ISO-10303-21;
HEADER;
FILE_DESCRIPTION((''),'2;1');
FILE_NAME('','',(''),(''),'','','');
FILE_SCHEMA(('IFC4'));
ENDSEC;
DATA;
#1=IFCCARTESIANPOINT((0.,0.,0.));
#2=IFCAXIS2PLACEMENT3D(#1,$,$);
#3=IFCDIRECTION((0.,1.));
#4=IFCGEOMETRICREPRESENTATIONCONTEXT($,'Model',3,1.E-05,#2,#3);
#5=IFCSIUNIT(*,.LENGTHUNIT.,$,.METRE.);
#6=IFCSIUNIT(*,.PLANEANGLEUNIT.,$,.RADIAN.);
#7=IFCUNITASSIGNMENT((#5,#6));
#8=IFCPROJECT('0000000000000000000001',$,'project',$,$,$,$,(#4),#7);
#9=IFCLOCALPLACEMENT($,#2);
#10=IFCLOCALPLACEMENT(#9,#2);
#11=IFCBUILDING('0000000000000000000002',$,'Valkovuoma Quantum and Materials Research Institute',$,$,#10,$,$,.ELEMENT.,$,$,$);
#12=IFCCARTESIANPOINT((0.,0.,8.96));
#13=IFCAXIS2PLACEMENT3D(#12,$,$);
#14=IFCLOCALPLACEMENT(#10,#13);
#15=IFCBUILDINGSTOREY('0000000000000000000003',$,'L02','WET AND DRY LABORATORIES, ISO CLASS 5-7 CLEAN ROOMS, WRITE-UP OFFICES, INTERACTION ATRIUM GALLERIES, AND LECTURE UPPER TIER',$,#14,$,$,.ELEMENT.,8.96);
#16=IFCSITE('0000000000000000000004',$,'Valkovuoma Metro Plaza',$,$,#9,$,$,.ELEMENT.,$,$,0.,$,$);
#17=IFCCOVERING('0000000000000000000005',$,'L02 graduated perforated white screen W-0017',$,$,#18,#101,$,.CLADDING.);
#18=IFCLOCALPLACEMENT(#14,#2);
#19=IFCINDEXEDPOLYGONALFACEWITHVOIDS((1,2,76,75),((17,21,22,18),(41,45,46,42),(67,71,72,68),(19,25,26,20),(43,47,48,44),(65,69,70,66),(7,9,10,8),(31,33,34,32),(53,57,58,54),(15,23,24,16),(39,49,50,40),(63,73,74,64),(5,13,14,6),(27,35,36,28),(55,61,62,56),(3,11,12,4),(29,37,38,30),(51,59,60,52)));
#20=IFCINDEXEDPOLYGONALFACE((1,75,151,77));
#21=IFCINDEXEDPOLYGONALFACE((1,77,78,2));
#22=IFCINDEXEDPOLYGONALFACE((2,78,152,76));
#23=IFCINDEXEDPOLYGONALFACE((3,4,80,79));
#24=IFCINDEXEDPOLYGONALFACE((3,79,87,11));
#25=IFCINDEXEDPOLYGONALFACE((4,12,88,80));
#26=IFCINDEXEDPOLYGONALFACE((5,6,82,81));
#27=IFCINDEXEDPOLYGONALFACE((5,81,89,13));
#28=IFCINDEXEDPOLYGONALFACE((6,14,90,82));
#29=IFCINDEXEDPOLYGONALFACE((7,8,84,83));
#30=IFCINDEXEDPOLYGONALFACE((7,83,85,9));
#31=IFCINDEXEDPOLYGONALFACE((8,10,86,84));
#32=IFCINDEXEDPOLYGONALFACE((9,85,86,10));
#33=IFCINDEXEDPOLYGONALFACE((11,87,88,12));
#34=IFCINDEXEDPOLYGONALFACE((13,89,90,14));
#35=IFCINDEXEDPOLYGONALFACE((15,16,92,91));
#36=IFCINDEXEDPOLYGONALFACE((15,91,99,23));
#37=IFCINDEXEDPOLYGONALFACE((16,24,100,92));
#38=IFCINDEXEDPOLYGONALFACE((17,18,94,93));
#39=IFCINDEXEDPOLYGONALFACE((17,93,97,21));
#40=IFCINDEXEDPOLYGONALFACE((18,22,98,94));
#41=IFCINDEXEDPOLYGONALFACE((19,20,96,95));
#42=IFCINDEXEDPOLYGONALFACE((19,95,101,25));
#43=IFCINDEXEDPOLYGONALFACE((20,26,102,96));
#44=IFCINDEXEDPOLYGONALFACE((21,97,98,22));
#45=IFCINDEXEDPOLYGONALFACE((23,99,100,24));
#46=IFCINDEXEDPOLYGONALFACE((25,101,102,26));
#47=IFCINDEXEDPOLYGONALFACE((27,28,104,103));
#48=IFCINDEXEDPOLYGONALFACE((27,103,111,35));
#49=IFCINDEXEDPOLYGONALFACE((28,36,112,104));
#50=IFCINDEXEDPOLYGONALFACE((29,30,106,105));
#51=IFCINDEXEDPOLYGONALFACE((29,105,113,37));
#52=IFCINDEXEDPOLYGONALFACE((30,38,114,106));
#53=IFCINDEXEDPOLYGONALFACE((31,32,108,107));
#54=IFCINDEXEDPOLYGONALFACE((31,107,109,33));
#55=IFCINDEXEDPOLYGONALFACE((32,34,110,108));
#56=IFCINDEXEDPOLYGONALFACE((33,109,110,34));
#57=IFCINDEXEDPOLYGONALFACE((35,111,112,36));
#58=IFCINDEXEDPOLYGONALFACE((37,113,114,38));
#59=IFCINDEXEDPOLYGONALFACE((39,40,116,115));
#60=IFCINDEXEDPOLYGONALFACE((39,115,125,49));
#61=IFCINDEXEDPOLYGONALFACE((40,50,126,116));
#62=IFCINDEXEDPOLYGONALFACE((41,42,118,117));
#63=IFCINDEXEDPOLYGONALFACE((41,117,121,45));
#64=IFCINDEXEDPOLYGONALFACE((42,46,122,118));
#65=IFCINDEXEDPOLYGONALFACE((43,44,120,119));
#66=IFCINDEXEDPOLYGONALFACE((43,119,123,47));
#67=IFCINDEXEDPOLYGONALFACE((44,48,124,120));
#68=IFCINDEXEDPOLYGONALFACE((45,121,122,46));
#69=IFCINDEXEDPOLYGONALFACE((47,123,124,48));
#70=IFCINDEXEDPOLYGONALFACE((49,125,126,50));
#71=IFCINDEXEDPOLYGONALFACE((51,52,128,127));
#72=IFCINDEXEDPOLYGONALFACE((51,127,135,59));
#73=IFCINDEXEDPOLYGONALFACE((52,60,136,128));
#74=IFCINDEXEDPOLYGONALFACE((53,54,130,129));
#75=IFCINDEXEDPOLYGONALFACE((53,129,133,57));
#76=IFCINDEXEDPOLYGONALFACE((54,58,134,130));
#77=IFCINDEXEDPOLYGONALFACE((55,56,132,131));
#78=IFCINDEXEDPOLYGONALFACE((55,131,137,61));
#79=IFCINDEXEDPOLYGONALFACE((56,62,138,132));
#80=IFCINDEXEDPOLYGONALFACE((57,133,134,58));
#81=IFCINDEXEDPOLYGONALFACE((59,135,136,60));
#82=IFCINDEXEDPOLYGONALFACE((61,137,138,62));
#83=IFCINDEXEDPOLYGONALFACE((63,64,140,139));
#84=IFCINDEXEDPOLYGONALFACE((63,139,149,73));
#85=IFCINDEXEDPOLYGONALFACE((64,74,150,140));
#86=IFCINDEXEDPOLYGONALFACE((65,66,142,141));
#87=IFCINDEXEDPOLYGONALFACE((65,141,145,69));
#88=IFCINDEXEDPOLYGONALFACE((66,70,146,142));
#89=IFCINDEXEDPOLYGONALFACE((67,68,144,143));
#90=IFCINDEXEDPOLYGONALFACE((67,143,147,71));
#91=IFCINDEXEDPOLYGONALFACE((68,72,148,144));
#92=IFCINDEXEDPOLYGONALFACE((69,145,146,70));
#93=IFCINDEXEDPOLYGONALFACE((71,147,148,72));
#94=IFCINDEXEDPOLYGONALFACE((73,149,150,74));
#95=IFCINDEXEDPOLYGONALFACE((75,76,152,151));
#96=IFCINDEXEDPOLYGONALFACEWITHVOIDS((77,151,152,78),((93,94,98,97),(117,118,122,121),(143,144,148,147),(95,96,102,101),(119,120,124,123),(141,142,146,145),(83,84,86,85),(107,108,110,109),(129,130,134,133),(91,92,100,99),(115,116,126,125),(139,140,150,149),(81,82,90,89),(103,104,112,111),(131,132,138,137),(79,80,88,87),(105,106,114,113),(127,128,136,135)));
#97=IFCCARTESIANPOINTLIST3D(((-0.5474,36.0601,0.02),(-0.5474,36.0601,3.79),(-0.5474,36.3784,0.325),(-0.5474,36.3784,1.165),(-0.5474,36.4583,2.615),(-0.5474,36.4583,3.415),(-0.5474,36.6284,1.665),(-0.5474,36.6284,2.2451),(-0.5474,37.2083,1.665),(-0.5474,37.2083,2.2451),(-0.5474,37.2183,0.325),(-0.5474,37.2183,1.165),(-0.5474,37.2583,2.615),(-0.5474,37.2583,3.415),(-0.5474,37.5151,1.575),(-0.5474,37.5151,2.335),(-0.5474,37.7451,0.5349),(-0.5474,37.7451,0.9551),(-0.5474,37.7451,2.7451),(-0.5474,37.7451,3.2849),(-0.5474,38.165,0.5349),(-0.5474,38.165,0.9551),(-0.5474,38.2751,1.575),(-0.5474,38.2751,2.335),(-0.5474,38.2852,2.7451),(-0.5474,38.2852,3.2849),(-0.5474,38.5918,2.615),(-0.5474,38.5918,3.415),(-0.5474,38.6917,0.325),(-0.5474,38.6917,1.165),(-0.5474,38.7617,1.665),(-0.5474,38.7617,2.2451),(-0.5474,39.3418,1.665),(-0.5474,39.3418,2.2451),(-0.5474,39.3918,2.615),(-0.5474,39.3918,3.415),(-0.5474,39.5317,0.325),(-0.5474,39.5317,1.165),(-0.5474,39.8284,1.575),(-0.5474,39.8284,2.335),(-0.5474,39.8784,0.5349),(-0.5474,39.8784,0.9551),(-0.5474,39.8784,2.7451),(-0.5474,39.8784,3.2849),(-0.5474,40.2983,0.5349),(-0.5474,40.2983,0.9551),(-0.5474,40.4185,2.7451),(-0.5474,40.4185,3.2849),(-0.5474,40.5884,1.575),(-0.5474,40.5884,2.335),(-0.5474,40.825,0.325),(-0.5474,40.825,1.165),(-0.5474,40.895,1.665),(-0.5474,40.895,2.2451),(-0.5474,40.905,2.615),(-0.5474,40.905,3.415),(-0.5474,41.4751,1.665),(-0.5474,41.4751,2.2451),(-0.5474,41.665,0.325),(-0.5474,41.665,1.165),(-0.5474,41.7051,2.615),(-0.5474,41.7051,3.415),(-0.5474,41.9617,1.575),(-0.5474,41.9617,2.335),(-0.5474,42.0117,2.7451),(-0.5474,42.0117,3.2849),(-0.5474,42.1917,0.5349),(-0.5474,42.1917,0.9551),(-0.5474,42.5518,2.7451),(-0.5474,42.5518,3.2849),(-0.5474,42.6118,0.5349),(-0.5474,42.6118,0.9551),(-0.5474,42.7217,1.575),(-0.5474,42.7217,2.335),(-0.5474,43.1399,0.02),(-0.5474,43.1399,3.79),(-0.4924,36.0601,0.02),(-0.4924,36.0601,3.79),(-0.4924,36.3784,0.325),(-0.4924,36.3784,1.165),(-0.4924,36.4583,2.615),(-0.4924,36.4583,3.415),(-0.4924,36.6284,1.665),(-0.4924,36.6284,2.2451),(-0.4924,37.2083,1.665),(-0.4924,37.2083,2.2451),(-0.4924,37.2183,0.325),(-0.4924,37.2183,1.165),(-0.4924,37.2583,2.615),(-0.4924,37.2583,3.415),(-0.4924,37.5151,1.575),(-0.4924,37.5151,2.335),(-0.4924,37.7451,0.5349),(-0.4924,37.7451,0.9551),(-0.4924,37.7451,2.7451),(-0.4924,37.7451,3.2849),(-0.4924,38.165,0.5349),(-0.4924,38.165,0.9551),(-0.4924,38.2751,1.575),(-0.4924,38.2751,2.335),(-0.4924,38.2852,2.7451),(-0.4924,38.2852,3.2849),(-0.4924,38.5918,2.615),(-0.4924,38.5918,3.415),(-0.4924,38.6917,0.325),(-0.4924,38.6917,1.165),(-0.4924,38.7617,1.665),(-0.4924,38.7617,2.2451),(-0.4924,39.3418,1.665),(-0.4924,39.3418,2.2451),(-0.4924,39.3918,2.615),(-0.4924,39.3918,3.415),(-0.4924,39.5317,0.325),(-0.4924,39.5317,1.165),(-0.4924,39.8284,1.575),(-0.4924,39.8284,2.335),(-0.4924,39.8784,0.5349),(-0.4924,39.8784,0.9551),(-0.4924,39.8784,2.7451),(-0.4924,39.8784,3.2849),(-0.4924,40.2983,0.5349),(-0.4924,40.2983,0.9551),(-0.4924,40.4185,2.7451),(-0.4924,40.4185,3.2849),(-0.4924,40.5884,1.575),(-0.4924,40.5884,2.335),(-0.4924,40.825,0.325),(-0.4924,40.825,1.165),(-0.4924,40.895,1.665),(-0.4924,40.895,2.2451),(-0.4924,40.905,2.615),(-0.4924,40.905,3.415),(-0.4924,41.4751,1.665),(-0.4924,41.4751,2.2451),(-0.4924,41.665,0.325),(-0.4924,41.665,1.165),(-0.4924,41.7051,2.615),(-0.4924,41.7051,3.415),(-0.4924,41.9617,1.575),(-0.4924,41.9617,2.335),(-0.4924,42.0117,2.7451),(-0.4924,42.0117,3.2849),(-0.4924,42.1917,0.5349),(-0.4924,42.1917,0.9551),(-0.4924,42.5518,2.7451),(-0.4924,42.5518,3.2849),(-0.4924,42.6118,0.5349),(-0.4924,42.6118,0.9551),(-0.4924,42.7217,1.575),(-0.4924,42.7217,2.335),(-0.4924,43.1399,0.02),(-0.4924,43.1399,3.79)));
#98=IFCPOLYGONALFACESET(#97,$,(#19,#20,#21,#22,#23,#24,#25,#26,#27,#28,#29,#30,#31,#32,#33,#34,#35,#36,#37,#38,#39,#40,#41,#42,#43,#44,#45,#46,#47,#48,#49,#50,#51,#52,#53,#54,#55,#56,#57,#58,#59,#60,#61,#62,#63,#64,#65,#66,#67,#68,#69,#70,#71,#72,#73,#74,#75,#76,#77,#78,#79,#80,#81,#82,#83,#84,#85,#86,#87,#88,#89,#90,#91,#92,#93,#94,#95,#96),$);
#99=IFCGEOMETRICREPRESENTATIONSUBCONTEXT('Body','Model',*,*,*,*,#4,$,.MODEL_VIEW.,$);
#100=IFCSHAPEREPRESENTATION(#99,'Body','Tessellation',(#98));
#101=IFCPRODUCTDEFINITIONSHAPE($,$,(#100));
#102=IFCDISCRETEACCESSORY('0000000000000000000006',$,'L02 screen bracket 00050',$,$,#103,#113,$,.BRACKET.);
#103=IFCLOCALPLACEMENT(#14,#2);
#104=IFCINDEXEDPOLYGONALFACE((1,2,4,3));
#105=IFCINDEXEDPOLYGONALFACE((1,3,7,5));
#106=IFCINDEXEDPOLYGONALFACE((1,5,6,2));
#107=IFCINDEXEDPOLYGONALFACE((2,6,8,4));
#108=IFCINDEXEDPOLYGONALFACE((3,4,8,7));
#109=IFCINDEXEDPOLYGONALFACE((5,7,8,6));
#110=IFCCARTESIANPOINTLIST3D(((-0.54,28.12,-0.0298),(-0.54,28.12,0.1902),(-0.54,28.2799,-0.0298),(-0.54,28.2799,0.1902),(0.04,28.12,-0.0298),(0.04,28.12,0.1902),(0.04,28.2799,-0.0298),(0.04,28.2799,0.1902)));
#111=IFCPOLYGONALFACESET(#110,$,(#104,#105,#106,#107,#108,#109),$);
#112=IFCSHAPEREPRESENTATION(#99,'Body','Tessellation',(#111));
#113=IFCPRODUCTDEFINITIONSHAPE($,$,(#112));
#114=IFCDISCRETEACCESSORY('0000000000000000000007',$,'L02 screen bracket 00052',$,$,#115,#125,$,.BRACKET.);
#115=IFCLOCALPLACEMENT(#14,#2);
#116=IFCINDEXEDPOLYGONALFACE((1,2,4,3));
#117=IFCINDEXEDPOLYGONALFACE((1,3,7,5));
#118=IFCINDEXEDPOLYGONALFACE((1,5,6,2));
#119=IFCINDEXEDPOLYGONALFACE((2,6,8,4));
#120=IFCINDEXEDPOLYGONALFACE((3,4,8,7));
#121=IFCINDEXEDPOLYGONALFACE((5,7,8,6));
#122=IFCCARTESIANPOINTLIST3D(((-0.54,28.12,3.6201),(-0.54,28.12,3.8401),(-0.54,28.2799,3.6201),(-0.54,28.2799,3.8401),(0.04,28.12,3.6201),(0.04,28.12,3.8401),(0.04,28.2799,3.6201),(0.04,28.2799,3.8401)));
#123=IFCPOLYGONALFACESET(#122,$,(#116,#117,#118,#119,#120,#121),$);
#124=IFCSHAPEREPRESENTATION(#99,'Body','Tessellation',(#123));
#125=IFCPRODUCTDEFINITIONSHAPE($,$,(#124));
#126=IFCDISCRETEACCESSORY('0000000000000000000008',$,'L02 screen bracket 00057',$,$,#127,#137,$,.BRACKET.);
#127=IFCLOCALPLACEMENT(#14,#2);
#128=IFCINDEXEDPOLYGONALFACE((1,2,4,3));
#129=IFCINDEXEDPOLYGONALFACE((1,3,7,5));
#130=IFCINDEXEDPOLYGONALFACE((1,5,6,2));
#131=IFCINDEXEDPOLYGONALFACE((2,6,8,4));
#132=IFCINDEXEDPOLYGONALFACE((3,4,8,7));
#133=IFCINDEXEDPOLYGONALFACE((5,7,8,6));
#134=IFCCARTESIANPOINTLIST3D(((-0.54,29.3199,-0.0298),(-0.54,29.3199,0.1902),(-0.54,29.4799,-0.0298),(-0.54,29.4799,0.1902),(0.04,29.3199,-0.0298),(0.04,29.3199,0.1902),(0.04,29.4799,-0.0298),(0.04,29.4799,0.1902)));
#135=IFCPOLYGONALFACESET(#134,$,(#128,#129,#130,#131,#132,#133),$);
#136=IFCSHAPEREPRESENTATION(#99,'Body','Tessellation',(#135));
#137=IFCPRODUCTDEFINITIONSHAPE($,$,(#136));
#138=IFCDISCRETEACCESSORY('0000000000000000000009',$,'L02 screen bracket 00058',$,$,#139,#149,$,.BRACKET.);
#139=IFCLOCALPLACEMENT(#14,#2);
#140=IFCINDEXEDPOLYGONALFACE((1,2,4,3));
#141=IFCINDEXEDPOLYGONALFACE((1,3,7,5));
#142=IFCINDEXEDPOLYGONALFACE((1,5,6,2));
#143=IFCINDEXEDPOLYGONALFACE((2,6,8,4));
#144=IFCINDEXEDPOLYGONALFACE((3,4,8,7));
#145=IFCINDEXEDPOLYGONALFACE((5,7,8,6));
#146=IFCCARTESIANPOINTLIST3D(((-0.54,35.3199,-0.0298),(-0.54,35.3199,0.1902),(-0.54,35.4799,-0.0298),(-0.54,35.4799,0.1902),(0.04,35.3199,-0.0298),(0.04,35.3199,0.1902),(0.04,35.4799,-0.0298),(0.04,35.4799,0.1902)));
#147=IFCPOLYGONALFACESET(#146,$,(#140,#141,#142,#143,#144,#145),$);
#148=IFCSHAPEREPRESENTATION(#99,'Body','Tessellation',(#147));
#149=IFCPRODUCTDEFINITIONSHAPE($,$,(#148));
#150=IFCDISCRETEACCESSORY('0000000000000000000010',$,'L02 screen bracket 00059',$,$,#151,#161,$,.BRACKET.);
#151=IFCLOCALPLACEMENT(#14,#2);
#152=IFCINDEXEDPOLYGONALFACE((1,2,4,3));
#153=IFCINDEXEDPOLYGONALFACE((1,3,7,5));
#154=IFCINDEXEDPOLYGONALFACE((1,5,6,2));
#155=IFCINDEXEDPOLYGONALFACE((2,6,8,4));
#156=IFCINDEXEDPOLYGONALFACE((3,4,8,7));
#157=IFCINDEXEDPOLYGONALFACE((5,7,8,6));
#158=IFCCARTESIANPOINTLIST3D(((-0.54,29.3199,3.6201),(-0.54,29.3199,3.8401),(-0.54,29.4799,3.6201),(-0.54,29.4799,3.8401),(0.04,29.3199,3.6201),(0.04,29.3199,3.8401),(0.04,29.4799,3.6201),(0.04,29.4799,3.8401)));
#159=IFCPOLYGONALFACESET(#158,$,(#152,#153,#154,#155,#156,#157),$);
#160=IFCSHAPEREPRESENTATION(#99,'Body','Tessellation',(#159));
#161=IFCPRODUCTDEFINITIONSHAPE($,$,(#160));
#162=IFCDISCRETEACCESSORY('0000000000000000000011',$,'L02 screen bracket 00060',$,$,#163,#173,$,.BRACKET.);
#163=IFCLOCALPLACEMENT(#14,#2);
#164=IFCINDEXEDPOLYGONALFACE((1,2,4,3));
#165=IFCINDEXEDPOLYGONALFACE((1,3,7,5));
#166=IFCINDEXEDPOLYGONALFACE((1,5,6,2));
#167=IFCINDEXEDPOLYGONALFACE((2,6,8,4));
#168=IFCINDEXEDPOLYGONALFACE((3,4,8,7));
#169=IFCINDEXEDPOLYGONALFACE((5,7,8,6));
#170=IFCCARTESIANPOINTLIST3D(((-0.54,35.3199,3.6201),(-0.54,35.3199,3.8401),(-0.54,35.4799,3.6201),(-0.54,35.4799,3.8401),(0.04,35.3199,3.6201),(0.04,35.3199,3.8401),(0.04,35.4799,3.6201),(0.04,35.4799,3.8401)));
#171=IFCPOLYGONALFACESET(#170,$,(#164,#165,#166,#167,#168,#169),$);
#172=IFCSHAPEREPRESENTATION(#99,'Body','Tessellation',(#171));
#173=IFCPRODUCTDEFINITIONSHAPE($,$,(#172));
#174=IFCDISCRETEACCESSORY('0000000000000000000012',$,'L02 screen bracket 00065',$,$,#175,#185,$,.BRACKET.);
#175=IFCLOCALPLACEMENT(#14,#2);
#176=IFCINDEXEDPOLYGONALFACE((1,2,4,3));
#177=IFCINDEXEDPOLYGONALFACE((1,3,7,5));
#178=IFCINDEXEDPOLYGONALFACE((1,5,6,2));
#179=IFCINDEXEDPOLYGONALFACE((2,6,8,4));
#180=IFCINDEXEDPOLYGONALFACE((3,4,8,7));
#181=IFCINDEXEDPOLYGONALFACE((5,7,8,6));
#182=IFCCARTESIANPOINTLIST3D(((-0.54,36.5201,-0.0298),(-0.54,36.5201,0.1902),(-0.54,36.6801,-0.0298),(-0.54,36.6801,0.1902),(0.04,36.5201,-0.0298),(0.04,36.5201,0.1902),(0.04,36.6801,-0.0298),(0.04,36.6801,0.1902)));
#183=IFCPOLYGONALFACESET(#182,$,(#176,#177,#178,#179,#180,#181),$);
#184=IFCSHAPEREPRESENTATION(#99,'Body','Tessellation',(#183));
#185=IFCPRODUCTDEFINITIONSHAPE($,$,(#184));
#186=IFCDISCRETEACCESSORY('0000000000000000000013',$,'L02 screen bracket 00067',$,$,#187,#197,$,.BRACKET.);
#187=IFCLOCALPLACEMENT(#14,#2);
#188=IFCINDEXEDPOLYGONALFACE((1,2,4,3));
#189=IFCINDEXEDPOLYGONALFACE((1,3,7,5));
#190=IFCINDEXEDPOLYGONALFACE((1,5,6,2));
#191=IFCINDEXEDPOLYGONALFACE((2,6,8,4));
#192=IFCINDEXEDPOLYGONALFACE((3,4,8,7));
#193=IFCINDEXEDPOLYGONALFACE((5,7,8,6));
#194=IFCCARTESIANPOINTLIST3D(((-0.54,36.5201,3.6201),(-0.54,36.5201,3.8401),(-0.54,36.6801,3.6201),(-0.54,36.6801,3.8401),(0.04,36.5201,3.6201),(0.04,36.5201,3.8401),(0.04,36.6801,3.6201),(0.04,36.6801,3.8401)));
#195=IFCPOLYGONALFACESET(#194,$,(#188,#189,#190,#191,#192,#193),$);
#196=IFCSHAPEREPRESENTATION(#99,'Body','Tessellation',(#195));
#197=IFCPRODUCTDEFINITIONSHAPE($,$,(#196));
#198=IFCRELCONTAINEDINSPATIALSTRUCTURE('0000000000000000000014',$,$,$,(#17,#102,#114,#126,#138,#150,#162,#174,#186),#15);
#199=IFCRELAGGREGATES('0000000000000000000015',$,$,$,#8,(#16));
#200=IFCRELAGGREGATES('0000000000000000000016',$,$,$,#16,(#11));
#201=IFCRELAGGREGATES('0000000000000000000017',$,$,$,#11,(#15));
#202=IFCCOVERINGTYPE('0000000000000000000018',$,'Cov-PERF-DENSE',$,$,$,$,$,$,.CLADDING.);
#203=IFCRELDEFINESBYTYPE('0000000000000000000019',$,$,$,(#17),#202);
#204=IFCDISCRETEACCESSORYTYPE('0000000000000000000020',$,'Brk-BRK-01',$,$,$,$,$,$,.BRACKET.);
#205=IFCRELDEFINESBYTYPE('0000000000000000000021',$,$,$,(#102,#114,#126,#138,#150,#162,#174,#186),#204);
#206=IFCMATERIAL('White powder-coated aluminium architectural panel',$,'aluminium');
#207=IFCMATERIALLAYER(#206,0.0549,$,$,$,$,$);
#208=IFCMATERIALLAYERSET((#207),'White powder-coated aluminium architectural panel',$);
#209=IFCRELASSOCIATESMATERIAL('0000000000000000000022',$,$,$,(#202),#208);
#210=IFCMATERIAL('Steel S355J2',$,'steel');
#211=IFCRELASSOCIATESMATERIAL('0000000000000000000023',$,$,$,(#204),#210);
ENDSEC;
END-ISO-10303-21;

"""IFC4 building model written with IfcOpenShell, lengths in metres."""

from ifc_helpers import new_model, si_unit, direction, frame, origin, origin_2d, place, context, subcontext, project, spatial, polyline, rectangle, outline, extrude, material, layer, layer_set, type_object, element, save


model = new_model("IFC4")

# Units and contexts
model_context = context("Model", 3, precision=1e-05, world=origin(), true_north=direction((0.0, 1.0)))
body_context = subcontext(model_context, "Body", "Model", "MODEL_VIEW")
ifc_project = project(units=[si_unit("LENGTHUNIT", "METRE"), si_unit("PLANEANGLEUNIT", "RADIAN")], contexts=[model_context])

# Site, building, storey
site_placement = place(None, origin())
site = spatial("IfcSite", under=ifc_project, at=site_placement, Name="Valkovuoma Metro Plaza", CompositionType="ELEMENT", RefElevation=0.0)
building_placement = place(site_placement, origin())
building = spatial("IfcBuilding", under=site, at=building_placement, Name="Valkovuoma Quantum and Materials Research Institute", CompositionType="ELEMENT")
storey_placement = place(building_placement, frame((0.0, 0.0, 8.96)))
storey = spatial("IfcBuildingStorey", under=building, at=storey_placement, Name="L02", Description="WET AND DRY LABORATORIES, ISO CLASS 5-7 CLEAN ROOMS, WRITE-UP OFFICES, INTERACTION ATRIUM GALLERIES, AND LECTURE UPPER TIER", CompositionType="ELEMENT", Elevation=8.96)

# Covering
ifc_material_1 = material(Name="White powder-coated aluminium architectural panel", Category="aluminium")
ifc_layer_1 = layer(ifc_material_1, 0.0549)
ifc_layer_set_1 = layer_set([ifc_layer_1], Name="White powder-coated aluminium architectural panel")
covering_type = type_object("IfcCoveringType", Name="Cov-PERF-DENSE", PredefinedType="CLADDING", material=ifc_layer_set_1)
covering_1_placement = place(storey_placement, frame((-0.52, 36.0601, 0.02), z_axis=(0.0, 0.0, 1.0), x_axis=(0.0, 1.0, 0.0)))
element("IfcCovering", 1, at=covering_1_placement, inside=storey, type_object=covering_type, Name="L02 graduated perforated white screen W-0017", PredefinedType="CLADDING", context=body_context, shape_type="SweptSolid", body=[
    extrude(outline(polyline([(0.0, 0.0), (7.0798, 0.0), (7.0798, 3.77), (0.0, 3.77), (0.0, 0.0)]), holes=[polyline([(0.3184, 0.3049), (0.3184, 1.145), (1.1582, 1.145), (1.1582, 0.3049), (0.3184, 0.3049)]), polyline([(0.5684, 1.645), (0.5684, 2.2251), (1.1482, 2.2251), (1.1482, 1.645), (0.5684, 1.645)]), polyline([(0.3982, 2.595), (0.3982, 3.395), (1.1982, 3.395), (1.1982, 2.595), (0.3982, 2.595)]), polyline([(1.6851, 0.5149), (1.6851, 0.9351), (2.105, 0.9351), (2.105, 0.5149), (1.6851, 0.5149)]), polyline([(1.4551, 1.5549), (1.4551, 2.3149), (2.2151, 2.3149), (2.2151, 1.5549), (1.4551, 1.5549)]), polyline([(1.6851, 2.7251), (1.6851, 3.2649), (2.2251, 3.2649), (2.2251, 2.7251), (1.6851, 2.7251)]), polyline([(2.6316, 0.3049), (2.6316, 1.145), (3.4717, 1.145), (3.4717, 0.3049), (2.6316, 0.3049)]), polyline([(2.7017, 1.645), (2.7017, 2.2251), (3.2817, 2.2251), (3.2817, 1.645), (2.7017, 1.645)]), polyline([(2.5317, 2.595), (2.5317, 3.395), (3.3318, 3.395), (3.3318, 2.595), (2.5317, 2.595)]), polyline([(3.8184, 0.5149), (3.8184, 0.9351), (4.2383, 0.9351), (4.2383, 0.5149), (3.8184, 0.5149)]), polyline([(3.7683, 1.5549), (3.7683, 2.3149), (4.5283, 2.3149), (4.5283, 1.5549), (3.7683, 1.5549)]), polyline([(3.8184, 2.7251), (3.8184, 3.2649), (4.3584, 3.2649), (4.3584, 2.7251), (3.8184, 2.7251)]), polyline([(4.7649, 0.3049), (4.7649, 1.145), (5.605, 1.145), (5.605, 0.3049), (4.7649, 0.3049)]), polyline([(4.835, 1.645), (4.835, 2.2251), (5.415, 2.2251), (5.415, 1.645), (4.835, 1.645)]), polyline([(4.845, 2.595), (4.845, 3.395), (5.645, 3.395), (5.645, 2.595), (4.845, 2.595)]), polyline([(6.1316, 0.5149), (6.1316, 0.9351), (6.5518, 0.9351), (6.5518, 0.5149), (6.1316, 0.5149)]), polyline([(5.9016, 1.5549), (5.9016, 2.3149), (6.6616, 2.3149), (6.6616, 1.5549), (5.9016, 1.5549)]), polyline([(5.9517, 2.7251), (5.9517, 3.2649), (6.4917, 3.2649), (6.4917, 2.7251), (5.9517, 2.7251)])]), frame((0.0, 0.0273, 0.0), z_axis=(0.0, -1.0, 0.0), x_axis=(1.0, 0.0, 0.0)), (0.0, 0.0, 1.0), 0.0549),
])

# Discrete accessories
ifc_material_2 = material(Name="Steel S355J2", Category="steel")
discrete_accessory_type_1 = type_object("IfcDiscreteAccessoryType", Name="Brk-BRK-01", PredefinedType="BRACKET", material=ifc_material_2)
for number, where, z_axis, x_axis, name in (
    (2, (-0.25, 28.2, -0.0298), (0.0, 0.0, 1.0), (1.0, 0.0, 0.0), "L02 screen bracket 00050"),
    (3, (-0.25, 28.2, 3.6201), (0.0, 0.0, 1.0), (1.0, 0.0, 0.0), "L02 screen bracket 00052"),
    (4, (-0.25, 29.3999, -0.0298), (0.0, 0.0, 1.0), (1.0, 0.0, 0.0), "L02 screen bracket 00057"),
    (5, (-0.25, 35.3999, -0.0298), (0.0, 0.0, 1.0), (1.0, 0.0, 0.0), "L02 screen bracket 00058"),
    (6, (-0.25, 29.3999, 3.6201), (0.0, 0.0, 1.0), (1.0, 0.0, 0.0), "L02 screen bracket 00059"),
    (7, (-0.25, 35.3999, 3.6201), (0.0, 0.0, 1.0), (1.0, 0.0, 0.0), "L02 screen bracket 00060"),
    (8, (-0.25, 36.6001, -0.0298), (0.0, 0.0, 1.0), (1.0, 0.0, 0.0), "L02 screen bracket 00065"),
    (9, (-0.25, 36.6001, 3.6201), (0.0, 0.0, 1.0), (1.0, 0.0, 0.0), "L02 screen bracket 00067"),
):
    element("IfcDiscreteAccessory", number, at=place(storey_placement, frame(where, z_axis=z_axis, x_axis=x_axis)), inside=storey, type_object=discrete_accessory_type_1, Name=name, PredefinedType="BRACKET", context=body_context, shape_type="SweptSolid", body=[
        extrude(rectangle(XDim=0.5801, YDim=0.1599, at=origin_2d()), origin(), (0.0, 0.0, 1.0), 0.22),
    ])

save(model, "model.ifc")
